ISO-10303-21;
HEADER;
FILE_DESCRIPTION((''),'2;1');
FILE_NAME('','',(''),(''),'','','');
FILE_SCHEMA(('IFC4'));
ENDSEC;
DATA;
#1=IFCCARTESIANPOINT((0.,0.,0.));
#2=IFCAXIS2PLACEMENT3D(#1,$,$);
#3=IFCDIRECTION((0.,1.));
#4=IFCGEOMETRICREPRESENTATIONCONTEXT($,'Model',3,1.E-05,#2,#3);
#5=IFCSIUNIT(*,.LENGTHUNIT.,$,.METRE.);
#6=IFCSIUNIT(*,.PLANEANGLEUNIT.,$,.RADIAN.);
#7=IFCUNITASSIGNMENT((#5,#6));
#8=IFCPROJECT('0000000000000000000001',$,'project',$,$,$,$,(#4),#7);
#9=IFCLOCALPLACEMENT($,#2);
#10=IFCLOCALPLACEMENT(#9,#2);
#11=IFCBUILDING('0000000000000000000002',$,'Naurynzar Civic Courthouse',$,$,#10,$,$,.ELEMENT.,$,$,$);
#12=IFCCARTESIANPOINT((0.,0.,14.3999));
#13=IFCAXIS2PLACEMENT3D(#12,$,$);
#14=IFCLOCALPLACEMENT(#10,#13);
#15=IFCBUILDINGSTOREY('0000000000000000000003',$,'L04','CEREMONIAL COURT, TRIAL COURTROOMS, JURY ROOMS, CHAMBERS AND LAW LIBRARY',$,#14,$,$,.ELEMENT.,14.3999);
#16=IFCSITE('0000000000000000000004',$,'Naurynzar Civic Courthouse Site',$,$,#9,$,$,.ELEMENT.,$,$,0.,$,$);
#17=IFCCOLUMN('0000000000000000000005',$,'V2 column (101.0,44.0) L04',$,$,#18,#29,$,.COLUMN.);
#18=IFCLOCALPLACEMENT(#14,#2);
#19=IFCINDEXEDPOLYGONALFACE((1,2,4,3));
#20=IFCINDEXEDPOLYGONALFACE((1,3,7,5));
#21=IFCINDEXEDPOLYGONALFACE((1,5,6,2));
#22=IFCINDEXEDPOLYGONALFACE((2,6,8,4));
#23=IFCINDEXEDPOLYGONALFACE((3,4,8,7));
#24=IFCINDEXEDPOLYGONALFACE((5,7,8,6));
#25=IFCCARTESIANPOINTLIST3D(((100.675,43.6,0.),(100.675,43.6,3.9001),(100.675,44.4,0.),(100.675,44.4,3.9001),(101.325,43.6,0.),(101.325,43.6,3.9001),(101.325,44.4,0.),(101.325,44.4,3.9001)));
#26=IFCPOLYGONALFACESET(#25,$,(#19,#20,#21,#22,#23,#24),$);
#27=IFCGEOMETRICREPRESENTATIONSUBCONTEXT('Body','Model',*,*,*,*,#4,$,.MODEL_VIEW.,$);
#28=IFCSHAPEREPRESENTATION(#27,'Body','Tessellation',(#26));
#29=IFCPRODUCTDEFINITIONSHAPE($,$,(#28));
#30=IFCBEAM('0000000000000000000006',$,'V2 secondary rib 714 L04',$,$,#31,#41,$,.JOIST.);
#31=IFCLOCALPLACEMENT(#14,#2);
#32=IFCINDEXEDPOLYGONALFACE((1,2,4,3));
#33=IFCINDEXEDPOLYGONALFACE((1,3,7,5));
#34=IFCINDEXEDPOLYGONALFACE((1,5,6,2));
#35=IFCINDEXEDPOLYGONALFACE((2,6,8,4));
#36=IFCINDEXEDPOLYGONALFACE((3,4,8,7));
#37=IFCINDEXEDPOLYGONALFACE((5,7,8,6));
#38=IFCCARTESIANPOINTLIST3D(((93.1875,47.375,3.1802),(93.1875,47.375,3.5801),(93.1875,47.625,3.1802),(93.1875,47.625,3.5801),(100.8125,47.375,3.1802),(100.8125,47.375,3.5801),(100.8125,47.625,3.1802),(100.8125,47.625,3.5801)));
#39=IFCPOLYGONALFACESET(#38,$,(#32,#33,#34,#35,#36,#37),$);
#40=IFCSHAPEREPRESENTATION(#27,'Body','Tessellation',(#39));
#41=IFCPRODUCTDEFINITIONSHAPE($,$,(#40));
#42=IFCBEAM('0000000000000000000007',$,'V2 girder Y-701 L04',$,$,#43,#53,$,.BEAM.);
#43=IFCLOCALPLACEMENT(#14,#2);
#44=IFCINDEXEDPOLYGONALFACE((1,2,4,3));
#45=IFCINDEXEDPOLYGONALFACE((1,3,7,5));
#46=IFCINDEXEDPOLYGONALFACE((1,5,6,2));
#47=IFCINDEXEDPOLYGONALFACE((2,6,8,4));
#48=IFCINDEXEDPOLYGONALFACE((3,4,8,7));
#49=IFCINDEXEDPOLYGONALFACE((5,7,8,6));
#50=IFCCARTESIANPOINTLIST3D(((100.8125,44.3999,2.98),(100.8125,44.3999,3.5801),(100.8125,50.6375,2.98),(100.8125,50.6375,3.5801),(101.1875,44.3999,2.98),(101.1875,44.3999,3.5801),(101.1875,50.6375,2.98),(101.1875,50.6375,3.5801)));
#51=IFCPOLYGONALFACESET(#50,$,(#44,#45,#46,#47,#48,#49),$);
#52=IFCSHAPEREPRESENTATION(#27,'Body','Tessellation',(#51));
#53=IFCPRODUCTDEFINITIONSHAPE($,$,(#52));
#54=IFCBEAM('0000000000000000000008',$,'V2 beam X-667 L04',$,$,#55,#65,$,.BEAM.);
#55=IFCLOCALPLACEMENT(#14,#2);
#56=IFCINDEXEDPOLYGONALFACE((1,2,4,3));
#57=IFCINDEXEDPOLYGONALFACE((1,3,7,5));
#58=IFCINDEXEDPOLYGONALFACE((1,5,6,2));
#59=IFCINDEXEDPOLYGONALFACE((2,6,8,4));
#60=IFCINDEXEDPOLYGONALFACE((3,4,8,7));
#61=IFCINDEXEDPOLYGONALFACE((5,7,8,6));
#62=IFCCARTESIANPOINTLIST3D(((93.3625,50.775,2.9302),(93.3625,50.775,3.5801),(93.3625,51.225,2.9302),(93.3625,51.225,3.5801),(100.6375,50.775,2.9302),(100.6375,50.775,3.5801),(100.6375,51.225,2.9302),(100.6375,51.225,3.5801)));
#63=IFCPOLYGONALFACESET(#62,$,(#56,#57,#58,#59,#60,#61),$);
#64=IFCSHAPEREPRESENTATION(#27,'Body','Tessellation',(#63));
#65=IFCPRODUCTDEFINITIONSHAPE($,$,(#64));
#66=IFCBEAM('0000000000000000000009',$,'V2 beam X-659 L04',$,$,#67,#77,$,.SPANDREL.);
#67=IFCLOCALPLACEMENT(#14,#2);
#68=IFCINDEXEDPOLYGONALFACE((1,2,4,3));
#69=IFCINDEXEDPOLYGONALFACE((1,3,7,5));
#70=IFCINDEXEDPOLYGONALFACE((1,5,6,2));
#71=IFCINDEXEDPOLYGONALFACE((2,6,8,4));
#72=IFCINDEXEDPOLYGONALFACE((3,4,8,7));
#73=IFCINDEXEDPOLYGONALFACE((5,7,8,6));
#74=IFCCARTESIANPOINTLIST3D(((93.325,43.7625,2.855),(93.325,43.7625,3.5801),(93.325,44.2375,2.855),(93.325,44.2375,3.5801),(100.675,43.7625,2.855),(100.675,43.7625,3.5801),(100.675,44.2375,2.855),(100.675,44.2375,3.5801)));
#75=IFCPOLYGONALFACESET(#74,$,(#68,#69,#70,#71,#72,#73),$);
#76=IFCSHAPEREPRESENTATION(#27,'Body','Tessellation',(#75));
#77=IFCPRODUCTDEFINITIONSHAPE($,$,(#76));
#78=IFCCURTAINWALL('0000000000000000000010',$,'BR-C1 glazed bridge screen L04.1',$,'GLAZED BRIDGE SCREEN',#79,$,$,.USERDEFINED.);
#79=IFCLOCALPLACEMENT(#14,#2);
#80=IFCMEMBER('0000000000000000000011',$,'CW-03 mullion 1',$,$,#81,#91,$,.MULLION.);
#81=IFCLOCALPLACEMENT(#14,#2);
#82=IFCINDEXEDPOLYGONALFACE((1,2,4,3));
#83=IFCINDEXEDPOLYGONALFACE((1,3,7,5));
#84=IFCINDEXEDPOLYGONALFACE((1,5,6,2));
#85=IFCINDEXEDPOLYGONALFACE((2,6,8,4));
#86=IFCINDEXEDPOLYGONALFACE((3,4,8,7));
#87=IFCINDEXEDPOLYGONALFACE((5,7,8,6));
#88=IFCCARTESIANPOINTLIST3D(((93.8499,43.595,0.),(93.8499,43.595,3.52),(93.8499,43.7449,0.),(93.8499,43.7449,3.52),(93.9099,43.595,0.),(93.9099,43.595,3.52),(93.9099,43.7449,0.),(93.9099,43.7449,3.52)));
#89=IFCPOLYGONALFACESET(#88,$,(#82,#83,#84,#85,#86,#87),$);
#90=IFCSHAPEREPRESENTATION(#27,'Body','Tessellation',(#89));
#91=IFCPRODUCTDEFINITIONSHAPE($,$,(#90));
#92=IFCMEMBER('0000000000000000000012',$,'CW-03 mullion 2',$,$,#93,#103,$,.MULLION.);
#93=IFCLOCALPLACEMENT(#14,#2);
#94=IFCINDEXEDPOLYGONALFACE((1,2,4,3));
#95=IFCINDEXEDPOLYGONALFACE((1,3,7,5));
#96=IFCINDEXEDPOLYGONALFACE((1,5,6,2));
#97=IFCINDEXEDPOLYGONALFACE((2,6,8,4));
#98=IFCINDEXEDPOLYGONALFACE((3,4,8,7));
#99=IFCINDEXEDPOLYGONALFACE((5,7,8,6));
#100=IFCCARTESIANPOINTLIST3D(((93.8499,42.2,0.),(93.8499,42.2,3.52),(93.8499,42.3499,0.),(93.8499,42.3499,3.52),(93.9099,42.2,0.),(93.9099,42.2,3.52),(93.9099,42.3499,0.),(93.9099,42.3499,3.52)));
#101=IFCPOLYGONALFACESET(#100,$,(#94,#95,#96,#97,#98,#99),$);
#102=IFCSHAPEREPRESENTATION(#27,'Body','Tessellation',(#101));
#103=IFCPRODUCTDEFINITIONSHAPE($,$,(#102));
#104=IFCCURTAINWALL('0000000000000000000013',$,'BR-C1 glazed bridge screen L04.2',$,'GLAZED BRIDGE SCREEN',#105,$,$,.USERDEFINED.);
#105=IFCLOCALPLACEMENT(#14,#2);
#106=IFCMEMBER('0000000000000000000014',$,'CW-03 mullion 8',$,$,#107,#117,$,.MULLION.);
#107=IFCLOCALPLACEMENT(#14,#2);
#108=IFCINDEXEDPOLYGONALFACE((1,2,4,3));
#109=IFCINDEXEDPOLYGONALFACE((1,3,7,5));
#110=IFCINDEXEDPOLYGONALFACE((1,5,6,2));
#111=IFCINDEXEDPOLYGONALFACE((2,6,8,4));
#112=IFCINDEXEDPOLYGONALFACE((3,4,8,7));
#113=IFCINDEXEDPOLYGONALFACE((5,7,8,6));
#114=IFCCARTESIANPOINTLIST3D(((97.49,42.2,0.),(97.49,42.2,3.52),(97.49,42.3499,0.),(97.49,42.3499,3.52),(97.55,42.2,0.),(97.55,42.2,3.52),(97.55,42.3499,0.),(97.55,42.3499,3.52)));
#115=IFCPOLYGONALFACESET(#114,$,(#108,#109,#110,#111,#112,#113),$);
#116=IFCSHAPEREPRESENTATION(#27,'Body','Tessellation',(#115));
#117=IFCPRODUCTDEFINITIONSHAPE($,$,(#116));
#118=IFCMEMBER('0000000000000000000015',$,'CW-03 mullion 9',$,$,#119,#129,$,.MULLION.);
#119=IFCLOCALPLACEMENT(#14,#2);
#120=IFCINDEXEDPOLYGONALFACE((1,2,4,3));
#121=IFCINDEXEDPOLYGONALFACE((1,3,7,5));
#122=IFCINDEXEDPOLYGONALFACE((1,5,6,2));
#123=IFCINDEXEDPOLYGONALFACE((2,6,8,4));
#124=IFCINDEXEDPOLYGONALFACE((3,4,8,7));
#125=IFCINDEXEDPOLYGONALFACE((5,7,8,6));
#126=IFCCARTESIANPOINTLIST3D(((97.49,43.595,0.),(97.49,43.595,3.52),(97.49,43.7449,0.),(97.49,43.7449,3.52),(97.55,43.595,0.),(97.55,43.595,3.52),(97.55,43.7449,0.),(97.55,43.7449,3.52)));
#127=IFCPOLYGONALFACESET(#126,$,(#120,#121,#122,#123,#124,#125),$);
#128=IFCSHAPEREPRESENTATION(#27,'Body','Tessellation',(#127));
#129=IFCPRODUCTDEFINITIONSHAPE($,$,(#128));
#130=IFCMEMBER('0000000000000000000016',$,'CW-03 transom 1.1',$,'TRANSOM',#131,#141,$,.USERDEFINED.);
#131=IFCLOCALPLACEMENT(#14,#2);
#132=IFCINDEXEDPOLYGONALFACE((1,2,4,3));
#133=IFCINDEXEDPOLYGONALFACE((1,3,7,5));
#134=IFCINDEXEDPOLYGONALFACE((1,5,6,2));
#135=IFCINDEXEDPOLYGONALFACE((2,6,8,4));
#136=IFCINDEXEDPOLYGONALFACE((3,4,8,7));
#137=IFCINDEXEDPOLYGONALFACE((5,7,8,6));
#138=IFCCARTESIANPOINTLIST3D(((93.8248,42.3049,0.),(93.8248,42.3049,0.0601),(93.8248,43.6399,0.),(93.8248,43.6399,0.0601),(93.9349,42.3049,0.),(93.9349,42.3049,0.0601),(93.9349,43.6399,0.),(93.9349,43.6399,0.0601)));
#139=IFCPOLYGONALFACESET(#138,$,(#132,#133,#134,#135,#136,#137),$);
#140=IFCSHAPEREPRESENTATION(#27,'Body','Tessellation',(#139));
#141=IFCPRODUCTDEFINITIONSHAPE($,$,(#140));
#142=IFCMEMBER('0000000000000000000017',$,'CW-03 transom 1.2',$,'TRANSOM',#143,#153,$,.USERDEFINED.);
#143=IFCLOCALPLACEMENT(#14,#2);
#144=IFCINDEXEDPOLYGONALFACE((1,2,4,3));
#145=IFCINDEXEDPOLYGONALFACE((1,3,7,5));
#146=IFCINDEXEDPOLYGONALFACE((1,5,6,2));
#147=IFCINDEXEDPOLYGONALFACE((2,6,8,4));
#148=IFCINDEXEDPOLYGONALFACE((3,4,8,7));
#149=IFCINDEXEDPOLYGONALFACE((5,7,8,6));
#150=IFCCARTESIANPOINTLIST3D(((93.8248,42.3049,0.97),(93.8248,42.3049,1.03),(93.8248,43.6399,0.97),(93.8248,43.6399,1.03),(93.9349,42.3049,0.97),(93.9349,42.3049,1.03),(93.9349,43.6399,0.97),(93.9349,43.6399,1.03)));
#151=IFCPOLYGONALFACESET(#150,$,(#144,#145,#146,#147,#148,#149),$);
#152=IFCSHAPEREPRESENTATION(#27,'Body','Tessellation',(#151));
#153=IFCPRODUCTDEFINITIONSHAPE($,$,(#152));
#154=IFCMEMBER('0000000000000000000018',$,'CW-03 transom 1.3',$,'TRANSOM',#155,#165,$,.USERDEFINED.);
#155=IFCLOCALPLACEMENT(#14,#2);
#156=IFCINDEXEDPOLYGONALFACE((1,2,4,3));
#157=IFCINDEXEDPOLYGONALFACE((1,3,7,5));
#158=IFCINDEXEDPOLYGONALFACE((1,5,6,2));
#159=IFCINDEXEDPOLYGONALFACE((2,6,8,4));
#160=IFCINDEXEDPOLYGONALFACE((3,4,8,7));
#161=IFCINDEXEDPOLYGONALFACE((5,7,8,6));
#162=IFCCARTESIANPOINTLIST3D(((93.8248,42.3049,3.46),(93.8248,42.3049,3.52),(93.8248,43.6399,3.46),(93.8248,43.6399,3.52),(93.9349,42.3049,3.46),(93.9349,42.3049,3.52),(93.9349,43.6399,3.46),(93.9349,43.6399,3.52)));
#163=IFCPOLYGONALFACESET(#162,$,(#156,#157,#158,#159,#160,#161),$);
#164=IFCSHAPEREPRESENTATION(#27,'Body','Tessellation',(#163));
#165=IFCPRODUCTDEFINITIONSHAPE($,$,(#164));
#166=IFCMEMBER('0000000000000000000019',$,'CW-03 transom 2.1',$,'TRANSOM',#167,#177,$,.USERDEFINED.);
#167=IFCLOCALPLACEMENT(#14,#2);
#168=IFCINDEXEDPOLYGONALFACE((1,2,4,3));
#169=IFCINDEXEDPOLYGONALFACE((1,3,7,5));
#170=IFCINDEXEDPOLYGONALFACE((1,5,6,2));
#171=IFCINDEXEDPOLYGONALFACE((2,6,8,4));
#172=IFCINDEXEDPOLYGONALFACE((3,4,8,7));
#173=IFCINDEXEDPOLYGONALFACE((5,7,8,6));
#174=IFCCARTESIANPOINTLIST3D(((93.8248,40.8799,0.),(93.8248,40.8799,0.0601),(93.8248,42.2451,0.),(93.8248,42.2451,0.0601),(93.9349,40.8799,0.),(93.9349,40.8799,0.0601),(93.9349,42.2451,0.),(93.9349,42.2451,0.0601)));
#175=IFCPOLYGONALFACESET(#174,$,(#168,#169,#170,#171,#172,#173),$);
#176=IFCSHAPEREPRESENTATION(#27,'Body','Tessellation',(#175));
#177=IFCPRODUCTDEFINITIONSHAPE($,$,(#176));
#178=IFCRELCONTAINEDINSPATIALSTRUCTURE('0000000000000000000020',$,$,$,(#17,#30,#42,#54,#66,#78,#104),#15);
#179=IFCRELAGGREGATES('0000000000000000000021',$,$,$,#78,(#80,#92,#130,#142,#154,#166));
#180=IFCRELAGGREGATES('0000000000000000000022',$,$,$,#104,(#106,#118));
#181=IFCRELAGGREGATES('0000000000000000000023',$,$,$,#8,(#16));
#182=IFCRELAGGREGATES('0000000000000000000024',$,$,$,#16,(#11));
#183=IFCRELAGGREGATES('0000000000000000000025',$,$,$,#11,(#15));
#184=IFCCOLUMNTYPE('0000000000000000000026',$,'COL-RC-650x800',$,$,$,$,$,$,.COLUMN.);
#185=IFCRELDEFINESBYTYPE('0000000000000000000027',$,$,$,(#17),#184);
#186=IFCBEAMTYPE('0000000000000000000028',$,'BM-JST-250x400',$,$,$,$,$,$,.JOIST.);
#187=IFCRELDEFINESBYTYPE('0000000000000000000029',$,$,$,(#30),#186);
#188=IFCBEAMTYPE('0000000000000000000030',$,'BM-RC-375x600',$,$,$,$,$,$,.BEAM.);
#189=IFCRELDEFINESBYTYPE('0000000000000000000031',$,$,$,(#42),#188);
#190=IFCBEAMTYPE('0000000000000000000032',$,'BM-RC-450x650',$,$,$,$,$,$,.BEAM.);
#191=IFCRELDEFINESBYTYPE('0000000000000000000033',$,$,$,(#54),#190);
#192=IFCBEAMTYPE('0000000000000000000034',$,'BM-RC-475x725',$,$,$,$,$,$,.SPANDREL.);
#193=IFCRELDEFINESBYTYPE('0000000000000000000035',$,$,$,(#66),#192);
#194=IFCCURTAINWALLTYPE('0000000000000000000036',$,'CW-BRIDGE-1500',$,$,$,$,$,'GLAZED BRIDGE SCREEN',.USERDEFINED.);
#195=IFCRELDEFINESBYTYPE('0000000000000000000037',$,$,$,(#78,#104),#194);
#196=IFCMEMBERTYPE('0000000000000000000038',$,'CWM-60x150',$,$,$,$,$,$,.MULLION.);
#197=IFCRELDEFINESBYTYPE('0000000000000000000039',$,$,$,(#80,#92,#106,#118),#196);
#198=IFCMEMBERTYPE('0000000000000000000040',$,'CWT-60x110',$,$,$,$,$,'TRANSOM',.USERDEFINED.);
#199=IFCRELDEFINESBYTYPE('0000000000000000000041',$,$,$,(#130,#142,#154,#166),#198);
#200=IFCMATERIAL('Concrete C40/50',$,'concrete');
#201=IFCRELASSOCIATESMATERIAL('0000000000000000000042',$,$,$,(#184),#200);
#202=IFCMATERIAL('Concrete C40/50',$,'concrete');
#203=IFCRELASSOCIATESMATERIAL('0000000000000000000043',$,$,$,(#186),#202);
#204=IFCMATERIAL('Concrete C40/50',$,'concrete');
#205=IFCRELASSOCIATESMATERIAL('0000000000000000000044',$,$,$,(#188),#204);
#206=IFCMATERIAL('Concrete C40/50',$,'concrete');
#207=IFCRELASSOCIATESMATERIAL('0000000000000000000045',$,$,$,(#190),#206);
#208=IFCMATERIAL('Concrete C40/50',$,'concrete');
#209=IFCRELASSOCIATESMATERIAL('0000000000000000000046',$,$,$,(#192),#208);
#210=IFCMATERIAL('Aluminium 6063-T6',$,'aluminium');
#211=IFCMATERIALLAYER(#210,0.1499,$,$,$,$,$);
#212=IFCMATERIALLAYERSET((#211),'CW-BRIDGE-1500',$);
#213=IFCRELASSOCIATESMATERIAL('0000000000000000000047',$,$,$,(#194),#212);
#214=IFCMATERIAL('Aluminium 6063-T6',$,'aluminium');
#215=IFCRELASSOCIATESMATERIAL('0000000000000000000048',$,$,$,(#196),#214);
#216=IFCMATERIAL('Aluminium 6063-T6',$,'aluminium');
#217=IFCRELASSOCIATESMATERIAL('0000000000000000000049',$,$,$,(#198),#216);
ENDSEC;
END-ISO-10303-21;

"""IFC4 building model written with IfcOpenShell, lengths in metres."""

from ifc_helpers import new_model, si_unit, direction, frame, origin, origin_2d, place, context, subcontext, project, spatial, rectangle, extrude, material, layer, layer_set, material_profile, profile_set, type_object, element, aggregate, save


model = new_model("IFC4")

# Units and contexts
model_context = context("Model", 3, precision=1e-05, world=origin(), true_north=direction((0.0, 1.0)))
body_context = subcontext(model_context, "Body", "Model", "MODEL_VIEW")
ifc_project = project(units=[si_unit("LENGTHUNIT", "METRE"), si_unit("PLANEANGLEUNIT", "RADIAN")], contexts=[model_context])

# Site, building, storey
site_placement = place(None, origin())
site = spatial("IfcSite", under=ifc_project, at=site_placement, Name="Naurynzar Civic Courthouse Site", CompositionType="ELEMENT", RefElevation=0.0)
building_placement = place(site_placement, origin())
building = spatial("IfcBuilding", under=site, at=building_placement, Name="Naurynzar Civic Courthouse", CompositionType="ELEMENT")
storey_placement = place(building_placement, frame((0.0, 0.0, 14.3999)))
storey = spatial("IfcBuildingStorey", under=building, at=storey_placement, Name="L04", Description="CEREMONIAL COURT, TRIAL COURTROOMS, JURY ROOMS, CHAMBERS AND LAW LIBRARY", CompositionType="ELEMENT", Elevation=14.3999)

# Column
ifc_material_1 = material(Name="Concrete C40/50", Category="concrete")
ifc_material_profile_1 = material_profile(ifc_material_1, rectangle(XDim=0.6499, YDim=0.8, at=origin_2d()), Name="RC 650x800")
ifc_profile_set_1 = profile_set([ifc_material_profile_1], Name="Concrete C40/50")
column_type = type_object("IfcColumnType", Name="COL-RC-650x800", PredefinedType="COLUMN", material=ifc_profile_set_1)
column_placement = place(storey_placement, frame((101.0, 44.0, 0.0), z_axis=(0.0, 0.0, 1.0), x_axis=(1.0, 0.0, 0.0)))
element("IfcColumn", 1, at=column_placement, inside=storey, type_object=column_type, Name="V2 column (101.0,44.0) L04", PredefinedType="COLUMN", context=body_context, shape_type="SweptSolid", body=[
    extrude(rectangle(XDim=0.6499, YDim=0.8, at=origin_2d()), origin(), (0.0, 0.0, 1.0), 3.9001),
])

# Beams
ifc_material_2 = material(Name="Concrete C40/50", Category="concrete")
ifc_material_profile_2 = material_profile(ifc_material_2, rectangle(XDim=0.25, YDim=0.3999, at=origin_2d()), Name="RCB 250x400")
ifc_profile_set_2 = profile_set([ifc_material_profile_2], Name="Concrete C40/50")
beam_type_1 = type_object("IfcBeamType", Name="BM-JST-250x400", PredefinedType="JOIST", material=ifc_profile_set_2)
beam_1_placement = place(storey_placement, frame((93.1875, 47.5, 3.3801), z_axis=(1.0, 0.0, 0.0), x_axis=(0.0, 1.0, 0.0)))
element("IfcBeam", 2, at=beam_1_placement, inside=storey, type_object=beam_type_1, Name="V2 secondary rib 714 L04", PredefinedType="JOIST", context=body_context, shape_type="SweptSolid", body=[
    extrude(rectangle(XDim=0.25, YDim=0.3999, at=origin_2d()), origin(), (0.0, 0.0, 1.0), 7.625),
])
ifc_material_3 = material(Name="Concrete C40/50", Category="concrete")
ifc_material_profile_3 = material_profile(ifc_material_3, rectangle(XDim=0.375, YDim=0.6001, at=origin_2d()), Name="RCB 375x600")
ifc_profile_set_3 = profile_set([ifc_material_profile_3], Name="Concrete C40/50")
beam_type_2 = type_object("IfcBeamType", Name="BM-RC-375x600", PredefinedType="BEAM", material=ifc_profile_set_3)
beam_2_placement = place(storey_placement, frame((101.0, 44.3999, 3.28), z_axis=(0.0, 1.0, 0.0), x_axis=(-1.0, 0.0, 0.0)))
element("IfcBeam", 3, at=beam_2_placement, inside=storey, type_object=beam_type_2, Name="V2 girder Y-701 L04", PredefinedType="BEAM", context=body_context, shape_type="SweptSolid", body=[
    extrude(rectangle(XDim=0.375, YDim=0.6001, at=origin_2d()), origin(), (0.0, 0.0, 1.0), 6.2375),
])
ifc_material_4 = material(Name="Concrete C40/50", Category="concrete")
ifc_material_profile_4 = material_profile(ifc_material_4, rectangle(XDim=0.45, YDim=0.6499, at=origin_2d()), Name="RCB 450x650")
ifc_profile_set_4 = profile_set([ifc_material_profile_4], Name="Concrete C40/50")
beam_type_3 = type_object("IfcBeamType", Name="BM-RC-450x650", PredefinedType="BEAM", material=ifc_profile_set_4)
beam_3_placement = place(storey_placement, frame((93.3625, 51.0, 3.2551), z_axis=(1.0, 0.0, 0.0), x_axis=(0.0, 1.0, 0.0)))
element("IfcBeam", 4, at=beam_3_placement, inside=storey, type_object=beam_type_3, Name="V2 beam X-667 L04", PredefinedType="BEAM", context=body_context, shape_type="SweptSolid", body=[
    extrude(rectangle(XDim=0.45, YDim=0.6499, at=origin_2d()), origin(), (0.0, 0.0, 1.0), 7.2749),
])
ifc_material_5 = material(Name="Concrete C40/50", Category="concrete")
ifc_material_profile_5 = material_profile(ifc_material_5, rectangle(XDim=0.4751, YDim=0.7251, at=origin_2d()), Name="RCB 475x725")
ifc_profile_set_5 = profile_set([ifc_material_profile_5], Name="Concrete C40/50")
beam_type_4 = type_object("IfcBeamType", Name="BM-RC-475x725", PredefinedType="SPANDREL", material=ifc_profile_set_5)
beam_4_placement = place(storey_placement, frame((93.325, 44.0, 3.2175), z_axis=(1.0, 0.0, 0.0), x_axis=(0.0, 1.0, 0.0)))
element("IfcBeam", 5, at=beam_4_placement, inside=storey, type_object=beam_type_4, Name="V2 beam X-659 L04", PredefinedType="SPANDREL", context=body_context, shape_type="SweptSolid", body=[
    extrude(rectangle(XDim=0.4751, YDim=0.7251, at=origin_2d()), origin(), (0.0, 0.0, 1.0), 7.3501),
])

# Curtain walls, members
ifc_material_6 = material(Name="Aluminium 6063-T6", Category="aluminium")
ifc_layer_1 = layer(ifc_material_6, 0.1499)
ifc_layer_set_1 = layer_set([ifc_layer_1], Name="CW-BRIDGE-1500")
curtain_wall_type = type_object("IfcCurtainWallType", Name="CW-BRIDGE-1500", ElementType="GLAZED BRIDGE SCREEN", PredefinedType="USERDEFINED", material=ifc_layer_set_1)
curtain_wall_1_placement = place(storey_placement, origin())
curtain_wall_1 = element("IfcCurtainWall", 6, at=curtain_wall_1_placement, inside=storey, type_object=curtain_wall_type, Name="BR-C1 glazed bridge screen L04.1", ObjectType="GLAZED BRIDGE SCREEN", PredefinedType="USERDEFINED")
ifc_material_7 = material(Name="Aluminium 6063-T6", Category="aluminium")
ifc_material_profile_6 = material_profile(ifc_material_7, rectangle(XDim=0.0601, YDim=0.1499, at=origin_2d()), Name="ALU MULLION 60x150")
ifc_profile_set_6 = profile_set([ifc_material_profile_6], Name="Aluminium 6063-T6")
member_type_1 = type_object("IfcMemberType", Name="CWM-60x150", PredefinedType="MULLION", material=ifc_profile_set_6)
member_1_placement = place(storey_placement, frame((93.8799, 43.6699, 0.0), z_axis=(0.0, 0.0, 1.0), x_axis=(1.0, 0.0, 0.0)))
member_1 = element("IfcMember", 7, at=member_1_placement, type_object=member_type_1, Name="CW-03 mullion 1", PredefinedType="MULLION", context=body_context, shape_type="SweptSolid", body=[
    extrude(rectangle(XDim=0.0601, YDim=0.1499, at=origin_2d()), origin(), (0.0, 0.0, 1.0), 3.52),
])
member_2_placement = place(storey_placement, frame((93.8799, 42.2749, 0.0), z_axis=(0.0, 0.0, 1.0), x_axis=(1.0, 0.0, 0.0)))
member_2 = element("IfcMember", 8, at=member_2_placement, type_object=member_type_1, Name="CW-03 mullion 2", PredefinedType="MULLION", context=body_context, shape_type="SweptSolid", body=[
    extrude(rectangle(XDim=0.0601, YDim=0.1499, at=origin_2d()), origin(), (0.0, 0.0, 1.0), 3.52),
])
curtain_wall_2_placement = place(storey_placement, origin())
curtain_wall_2 = element("IfcCurtainWall", 9, at=curtain_wall_2_placement, inside=storey, type_object=curtain_wall_type, Name="BR-C1 glazed bridge screen L04.2", ObjectType="GLAZED BRIDGE SCREEN", PredefinedType="USERDEFINED")
member_3_placement = place(storey_placement, frame((97.52, 42.2749, 0.0), z_axis=(0.0, 0.0, 1.0), x_axis=(-1.0, 0.0, 0.0)))
member_3 = element("IfcMember", 10, at=member_3_placement, type_object=member_type_1, Name="CW-03 mullion 8", PredefinedType="MULLION", context=body_context, shape_type="SweptSolid", body=[
    extrude(rectangle(XDim=0.0601, YDim=0.1499, at=origin_2d()), origin(), (0.0, 0.0, 1.0), 3.52),
])
member_4_placement = place(storey_placement, frame((97.52, 43.6699, 0.0), z_axis=(0.0, 0.0, 1.0), x_axis=(-1.0, 0.0, 0.0)))
member_4 = element("IfcMember", 11, at=member_4_placement, type_object=member_type_1, Name="CW-03 mullion 9", PredefinedType="MULLION", context=body_context, shape_type="SweptSolid", body=[
    extrude(rectangle(XDim=0.0601, YDim=0.1499, at=origin_2d()), origin(), (0.0, 0.0, 1.0), 3.52),
])

# Members
ifc_material_8 = material(Name="Aluminium 6063-T6", Category="aluminium")
ifc_material_profile_7 = material_profile(ifc_material_8, rectangle(XDim=0.1101, YDim=0.0601, at=origin_2d()), Name="ALU TRANSOM 60x110")
ifc_profile_set_7 = profile_set([ifc_material_profile_7], Name="Aluminium 6063-T6")
member_type_2 = type_object("IfcMemberType", Name="CWT-60x110", ElementType="TRANSOM", PredefinedType="USERDEFINED", material=ifc_profile_set_7)
member_5_placement = place(storey_placement, frame((93.8799, 43.6399, 0.03), z_axis=(0.0, -1.0, 0.0), x_axis=(1.0, 0.0, 0.0)))
member_5 = element("IfcMember", 12, at=member_5_placement, type_object=member_type_2, Name="CW-03 transom 1.1", ObjectType="TRANSOM", PredefinedType="USERDEFINED", context=body_context, shape_type="SweptSolid", body=[
    extrude(rectangle(XDim=0.1101, YDim=0.0601, at=origin_2d()), origin(), (0.0, 0.0, 1.0), 1.335),
])
member_6_placement = place(storey_placement, frame((93.8799, 43.6399, 1.0), z_axis=(0.0, -1.0, 0.0), x_axis=(1.0, 0.0, 0.0)))
member_6 = element("IfcMember", 13, at=member_6_placement, type_object=member_type_2, Name="CW-03 transom 1.2", ObjectType="TRANSOM", PredefinedType="USERDEFINED", context=body_context, shape_type="SweptSolid", body=[
    extrude(rectangle(XDim=0.1101, YDim=0.0601, at=origin_2d()), origin(), (0.0, 0.0, 1.0), 1.335),
])
member_7_placement = place(storey_placement, frame((93.8799, 43.6399, 3.49), z_axis=(0.0, -1.0, 0.0), x_axis=(1.0, 0.0, 0.0)))
member_7 = element("IfcMember", 14, at=member_7_placement, type_object=member_type_2, Name="CW-03 transom 1.3", ObjectType="TRANSOM", PredefinedType="USERDEFINED", context=body_context, shape_type="SweptSolid", body=[
    extrude(rectangle(XDim=0.1101, YDim=0.0601, at=origin_2d()), origin(), (0.0, 0.0, 1.0), 1.335),
])
member_8_placement = place(storey_placement, frame((93.8799, 42.2451, 0.03), z_axis=(0.0, -1.0, 0.0), x_axis=(1.0, 0.0, 0.0)))
member_8 = element("IfcMember", 15, at=member_8_placement, type_object=member_type_2, Name="CW-03 transom 2.1", ObjectType="TRANSOM", PredefinedType="USERDEFINED", context=body_context, shape_type="SweptSolid", body=[
    extrude(rectangle(XDim=0.1101, YDim=0.0601, at=origin_2d()), origin(), (0.0, 0.0, 1.0), 1.3652),
])

aggregate(curtain_wall_1, [member_1, member_2, member_5, member_6, member_7, member_8])
aggregate(curtain_wall_2, [member_3, member_4])

save(model, "model.ifc")
